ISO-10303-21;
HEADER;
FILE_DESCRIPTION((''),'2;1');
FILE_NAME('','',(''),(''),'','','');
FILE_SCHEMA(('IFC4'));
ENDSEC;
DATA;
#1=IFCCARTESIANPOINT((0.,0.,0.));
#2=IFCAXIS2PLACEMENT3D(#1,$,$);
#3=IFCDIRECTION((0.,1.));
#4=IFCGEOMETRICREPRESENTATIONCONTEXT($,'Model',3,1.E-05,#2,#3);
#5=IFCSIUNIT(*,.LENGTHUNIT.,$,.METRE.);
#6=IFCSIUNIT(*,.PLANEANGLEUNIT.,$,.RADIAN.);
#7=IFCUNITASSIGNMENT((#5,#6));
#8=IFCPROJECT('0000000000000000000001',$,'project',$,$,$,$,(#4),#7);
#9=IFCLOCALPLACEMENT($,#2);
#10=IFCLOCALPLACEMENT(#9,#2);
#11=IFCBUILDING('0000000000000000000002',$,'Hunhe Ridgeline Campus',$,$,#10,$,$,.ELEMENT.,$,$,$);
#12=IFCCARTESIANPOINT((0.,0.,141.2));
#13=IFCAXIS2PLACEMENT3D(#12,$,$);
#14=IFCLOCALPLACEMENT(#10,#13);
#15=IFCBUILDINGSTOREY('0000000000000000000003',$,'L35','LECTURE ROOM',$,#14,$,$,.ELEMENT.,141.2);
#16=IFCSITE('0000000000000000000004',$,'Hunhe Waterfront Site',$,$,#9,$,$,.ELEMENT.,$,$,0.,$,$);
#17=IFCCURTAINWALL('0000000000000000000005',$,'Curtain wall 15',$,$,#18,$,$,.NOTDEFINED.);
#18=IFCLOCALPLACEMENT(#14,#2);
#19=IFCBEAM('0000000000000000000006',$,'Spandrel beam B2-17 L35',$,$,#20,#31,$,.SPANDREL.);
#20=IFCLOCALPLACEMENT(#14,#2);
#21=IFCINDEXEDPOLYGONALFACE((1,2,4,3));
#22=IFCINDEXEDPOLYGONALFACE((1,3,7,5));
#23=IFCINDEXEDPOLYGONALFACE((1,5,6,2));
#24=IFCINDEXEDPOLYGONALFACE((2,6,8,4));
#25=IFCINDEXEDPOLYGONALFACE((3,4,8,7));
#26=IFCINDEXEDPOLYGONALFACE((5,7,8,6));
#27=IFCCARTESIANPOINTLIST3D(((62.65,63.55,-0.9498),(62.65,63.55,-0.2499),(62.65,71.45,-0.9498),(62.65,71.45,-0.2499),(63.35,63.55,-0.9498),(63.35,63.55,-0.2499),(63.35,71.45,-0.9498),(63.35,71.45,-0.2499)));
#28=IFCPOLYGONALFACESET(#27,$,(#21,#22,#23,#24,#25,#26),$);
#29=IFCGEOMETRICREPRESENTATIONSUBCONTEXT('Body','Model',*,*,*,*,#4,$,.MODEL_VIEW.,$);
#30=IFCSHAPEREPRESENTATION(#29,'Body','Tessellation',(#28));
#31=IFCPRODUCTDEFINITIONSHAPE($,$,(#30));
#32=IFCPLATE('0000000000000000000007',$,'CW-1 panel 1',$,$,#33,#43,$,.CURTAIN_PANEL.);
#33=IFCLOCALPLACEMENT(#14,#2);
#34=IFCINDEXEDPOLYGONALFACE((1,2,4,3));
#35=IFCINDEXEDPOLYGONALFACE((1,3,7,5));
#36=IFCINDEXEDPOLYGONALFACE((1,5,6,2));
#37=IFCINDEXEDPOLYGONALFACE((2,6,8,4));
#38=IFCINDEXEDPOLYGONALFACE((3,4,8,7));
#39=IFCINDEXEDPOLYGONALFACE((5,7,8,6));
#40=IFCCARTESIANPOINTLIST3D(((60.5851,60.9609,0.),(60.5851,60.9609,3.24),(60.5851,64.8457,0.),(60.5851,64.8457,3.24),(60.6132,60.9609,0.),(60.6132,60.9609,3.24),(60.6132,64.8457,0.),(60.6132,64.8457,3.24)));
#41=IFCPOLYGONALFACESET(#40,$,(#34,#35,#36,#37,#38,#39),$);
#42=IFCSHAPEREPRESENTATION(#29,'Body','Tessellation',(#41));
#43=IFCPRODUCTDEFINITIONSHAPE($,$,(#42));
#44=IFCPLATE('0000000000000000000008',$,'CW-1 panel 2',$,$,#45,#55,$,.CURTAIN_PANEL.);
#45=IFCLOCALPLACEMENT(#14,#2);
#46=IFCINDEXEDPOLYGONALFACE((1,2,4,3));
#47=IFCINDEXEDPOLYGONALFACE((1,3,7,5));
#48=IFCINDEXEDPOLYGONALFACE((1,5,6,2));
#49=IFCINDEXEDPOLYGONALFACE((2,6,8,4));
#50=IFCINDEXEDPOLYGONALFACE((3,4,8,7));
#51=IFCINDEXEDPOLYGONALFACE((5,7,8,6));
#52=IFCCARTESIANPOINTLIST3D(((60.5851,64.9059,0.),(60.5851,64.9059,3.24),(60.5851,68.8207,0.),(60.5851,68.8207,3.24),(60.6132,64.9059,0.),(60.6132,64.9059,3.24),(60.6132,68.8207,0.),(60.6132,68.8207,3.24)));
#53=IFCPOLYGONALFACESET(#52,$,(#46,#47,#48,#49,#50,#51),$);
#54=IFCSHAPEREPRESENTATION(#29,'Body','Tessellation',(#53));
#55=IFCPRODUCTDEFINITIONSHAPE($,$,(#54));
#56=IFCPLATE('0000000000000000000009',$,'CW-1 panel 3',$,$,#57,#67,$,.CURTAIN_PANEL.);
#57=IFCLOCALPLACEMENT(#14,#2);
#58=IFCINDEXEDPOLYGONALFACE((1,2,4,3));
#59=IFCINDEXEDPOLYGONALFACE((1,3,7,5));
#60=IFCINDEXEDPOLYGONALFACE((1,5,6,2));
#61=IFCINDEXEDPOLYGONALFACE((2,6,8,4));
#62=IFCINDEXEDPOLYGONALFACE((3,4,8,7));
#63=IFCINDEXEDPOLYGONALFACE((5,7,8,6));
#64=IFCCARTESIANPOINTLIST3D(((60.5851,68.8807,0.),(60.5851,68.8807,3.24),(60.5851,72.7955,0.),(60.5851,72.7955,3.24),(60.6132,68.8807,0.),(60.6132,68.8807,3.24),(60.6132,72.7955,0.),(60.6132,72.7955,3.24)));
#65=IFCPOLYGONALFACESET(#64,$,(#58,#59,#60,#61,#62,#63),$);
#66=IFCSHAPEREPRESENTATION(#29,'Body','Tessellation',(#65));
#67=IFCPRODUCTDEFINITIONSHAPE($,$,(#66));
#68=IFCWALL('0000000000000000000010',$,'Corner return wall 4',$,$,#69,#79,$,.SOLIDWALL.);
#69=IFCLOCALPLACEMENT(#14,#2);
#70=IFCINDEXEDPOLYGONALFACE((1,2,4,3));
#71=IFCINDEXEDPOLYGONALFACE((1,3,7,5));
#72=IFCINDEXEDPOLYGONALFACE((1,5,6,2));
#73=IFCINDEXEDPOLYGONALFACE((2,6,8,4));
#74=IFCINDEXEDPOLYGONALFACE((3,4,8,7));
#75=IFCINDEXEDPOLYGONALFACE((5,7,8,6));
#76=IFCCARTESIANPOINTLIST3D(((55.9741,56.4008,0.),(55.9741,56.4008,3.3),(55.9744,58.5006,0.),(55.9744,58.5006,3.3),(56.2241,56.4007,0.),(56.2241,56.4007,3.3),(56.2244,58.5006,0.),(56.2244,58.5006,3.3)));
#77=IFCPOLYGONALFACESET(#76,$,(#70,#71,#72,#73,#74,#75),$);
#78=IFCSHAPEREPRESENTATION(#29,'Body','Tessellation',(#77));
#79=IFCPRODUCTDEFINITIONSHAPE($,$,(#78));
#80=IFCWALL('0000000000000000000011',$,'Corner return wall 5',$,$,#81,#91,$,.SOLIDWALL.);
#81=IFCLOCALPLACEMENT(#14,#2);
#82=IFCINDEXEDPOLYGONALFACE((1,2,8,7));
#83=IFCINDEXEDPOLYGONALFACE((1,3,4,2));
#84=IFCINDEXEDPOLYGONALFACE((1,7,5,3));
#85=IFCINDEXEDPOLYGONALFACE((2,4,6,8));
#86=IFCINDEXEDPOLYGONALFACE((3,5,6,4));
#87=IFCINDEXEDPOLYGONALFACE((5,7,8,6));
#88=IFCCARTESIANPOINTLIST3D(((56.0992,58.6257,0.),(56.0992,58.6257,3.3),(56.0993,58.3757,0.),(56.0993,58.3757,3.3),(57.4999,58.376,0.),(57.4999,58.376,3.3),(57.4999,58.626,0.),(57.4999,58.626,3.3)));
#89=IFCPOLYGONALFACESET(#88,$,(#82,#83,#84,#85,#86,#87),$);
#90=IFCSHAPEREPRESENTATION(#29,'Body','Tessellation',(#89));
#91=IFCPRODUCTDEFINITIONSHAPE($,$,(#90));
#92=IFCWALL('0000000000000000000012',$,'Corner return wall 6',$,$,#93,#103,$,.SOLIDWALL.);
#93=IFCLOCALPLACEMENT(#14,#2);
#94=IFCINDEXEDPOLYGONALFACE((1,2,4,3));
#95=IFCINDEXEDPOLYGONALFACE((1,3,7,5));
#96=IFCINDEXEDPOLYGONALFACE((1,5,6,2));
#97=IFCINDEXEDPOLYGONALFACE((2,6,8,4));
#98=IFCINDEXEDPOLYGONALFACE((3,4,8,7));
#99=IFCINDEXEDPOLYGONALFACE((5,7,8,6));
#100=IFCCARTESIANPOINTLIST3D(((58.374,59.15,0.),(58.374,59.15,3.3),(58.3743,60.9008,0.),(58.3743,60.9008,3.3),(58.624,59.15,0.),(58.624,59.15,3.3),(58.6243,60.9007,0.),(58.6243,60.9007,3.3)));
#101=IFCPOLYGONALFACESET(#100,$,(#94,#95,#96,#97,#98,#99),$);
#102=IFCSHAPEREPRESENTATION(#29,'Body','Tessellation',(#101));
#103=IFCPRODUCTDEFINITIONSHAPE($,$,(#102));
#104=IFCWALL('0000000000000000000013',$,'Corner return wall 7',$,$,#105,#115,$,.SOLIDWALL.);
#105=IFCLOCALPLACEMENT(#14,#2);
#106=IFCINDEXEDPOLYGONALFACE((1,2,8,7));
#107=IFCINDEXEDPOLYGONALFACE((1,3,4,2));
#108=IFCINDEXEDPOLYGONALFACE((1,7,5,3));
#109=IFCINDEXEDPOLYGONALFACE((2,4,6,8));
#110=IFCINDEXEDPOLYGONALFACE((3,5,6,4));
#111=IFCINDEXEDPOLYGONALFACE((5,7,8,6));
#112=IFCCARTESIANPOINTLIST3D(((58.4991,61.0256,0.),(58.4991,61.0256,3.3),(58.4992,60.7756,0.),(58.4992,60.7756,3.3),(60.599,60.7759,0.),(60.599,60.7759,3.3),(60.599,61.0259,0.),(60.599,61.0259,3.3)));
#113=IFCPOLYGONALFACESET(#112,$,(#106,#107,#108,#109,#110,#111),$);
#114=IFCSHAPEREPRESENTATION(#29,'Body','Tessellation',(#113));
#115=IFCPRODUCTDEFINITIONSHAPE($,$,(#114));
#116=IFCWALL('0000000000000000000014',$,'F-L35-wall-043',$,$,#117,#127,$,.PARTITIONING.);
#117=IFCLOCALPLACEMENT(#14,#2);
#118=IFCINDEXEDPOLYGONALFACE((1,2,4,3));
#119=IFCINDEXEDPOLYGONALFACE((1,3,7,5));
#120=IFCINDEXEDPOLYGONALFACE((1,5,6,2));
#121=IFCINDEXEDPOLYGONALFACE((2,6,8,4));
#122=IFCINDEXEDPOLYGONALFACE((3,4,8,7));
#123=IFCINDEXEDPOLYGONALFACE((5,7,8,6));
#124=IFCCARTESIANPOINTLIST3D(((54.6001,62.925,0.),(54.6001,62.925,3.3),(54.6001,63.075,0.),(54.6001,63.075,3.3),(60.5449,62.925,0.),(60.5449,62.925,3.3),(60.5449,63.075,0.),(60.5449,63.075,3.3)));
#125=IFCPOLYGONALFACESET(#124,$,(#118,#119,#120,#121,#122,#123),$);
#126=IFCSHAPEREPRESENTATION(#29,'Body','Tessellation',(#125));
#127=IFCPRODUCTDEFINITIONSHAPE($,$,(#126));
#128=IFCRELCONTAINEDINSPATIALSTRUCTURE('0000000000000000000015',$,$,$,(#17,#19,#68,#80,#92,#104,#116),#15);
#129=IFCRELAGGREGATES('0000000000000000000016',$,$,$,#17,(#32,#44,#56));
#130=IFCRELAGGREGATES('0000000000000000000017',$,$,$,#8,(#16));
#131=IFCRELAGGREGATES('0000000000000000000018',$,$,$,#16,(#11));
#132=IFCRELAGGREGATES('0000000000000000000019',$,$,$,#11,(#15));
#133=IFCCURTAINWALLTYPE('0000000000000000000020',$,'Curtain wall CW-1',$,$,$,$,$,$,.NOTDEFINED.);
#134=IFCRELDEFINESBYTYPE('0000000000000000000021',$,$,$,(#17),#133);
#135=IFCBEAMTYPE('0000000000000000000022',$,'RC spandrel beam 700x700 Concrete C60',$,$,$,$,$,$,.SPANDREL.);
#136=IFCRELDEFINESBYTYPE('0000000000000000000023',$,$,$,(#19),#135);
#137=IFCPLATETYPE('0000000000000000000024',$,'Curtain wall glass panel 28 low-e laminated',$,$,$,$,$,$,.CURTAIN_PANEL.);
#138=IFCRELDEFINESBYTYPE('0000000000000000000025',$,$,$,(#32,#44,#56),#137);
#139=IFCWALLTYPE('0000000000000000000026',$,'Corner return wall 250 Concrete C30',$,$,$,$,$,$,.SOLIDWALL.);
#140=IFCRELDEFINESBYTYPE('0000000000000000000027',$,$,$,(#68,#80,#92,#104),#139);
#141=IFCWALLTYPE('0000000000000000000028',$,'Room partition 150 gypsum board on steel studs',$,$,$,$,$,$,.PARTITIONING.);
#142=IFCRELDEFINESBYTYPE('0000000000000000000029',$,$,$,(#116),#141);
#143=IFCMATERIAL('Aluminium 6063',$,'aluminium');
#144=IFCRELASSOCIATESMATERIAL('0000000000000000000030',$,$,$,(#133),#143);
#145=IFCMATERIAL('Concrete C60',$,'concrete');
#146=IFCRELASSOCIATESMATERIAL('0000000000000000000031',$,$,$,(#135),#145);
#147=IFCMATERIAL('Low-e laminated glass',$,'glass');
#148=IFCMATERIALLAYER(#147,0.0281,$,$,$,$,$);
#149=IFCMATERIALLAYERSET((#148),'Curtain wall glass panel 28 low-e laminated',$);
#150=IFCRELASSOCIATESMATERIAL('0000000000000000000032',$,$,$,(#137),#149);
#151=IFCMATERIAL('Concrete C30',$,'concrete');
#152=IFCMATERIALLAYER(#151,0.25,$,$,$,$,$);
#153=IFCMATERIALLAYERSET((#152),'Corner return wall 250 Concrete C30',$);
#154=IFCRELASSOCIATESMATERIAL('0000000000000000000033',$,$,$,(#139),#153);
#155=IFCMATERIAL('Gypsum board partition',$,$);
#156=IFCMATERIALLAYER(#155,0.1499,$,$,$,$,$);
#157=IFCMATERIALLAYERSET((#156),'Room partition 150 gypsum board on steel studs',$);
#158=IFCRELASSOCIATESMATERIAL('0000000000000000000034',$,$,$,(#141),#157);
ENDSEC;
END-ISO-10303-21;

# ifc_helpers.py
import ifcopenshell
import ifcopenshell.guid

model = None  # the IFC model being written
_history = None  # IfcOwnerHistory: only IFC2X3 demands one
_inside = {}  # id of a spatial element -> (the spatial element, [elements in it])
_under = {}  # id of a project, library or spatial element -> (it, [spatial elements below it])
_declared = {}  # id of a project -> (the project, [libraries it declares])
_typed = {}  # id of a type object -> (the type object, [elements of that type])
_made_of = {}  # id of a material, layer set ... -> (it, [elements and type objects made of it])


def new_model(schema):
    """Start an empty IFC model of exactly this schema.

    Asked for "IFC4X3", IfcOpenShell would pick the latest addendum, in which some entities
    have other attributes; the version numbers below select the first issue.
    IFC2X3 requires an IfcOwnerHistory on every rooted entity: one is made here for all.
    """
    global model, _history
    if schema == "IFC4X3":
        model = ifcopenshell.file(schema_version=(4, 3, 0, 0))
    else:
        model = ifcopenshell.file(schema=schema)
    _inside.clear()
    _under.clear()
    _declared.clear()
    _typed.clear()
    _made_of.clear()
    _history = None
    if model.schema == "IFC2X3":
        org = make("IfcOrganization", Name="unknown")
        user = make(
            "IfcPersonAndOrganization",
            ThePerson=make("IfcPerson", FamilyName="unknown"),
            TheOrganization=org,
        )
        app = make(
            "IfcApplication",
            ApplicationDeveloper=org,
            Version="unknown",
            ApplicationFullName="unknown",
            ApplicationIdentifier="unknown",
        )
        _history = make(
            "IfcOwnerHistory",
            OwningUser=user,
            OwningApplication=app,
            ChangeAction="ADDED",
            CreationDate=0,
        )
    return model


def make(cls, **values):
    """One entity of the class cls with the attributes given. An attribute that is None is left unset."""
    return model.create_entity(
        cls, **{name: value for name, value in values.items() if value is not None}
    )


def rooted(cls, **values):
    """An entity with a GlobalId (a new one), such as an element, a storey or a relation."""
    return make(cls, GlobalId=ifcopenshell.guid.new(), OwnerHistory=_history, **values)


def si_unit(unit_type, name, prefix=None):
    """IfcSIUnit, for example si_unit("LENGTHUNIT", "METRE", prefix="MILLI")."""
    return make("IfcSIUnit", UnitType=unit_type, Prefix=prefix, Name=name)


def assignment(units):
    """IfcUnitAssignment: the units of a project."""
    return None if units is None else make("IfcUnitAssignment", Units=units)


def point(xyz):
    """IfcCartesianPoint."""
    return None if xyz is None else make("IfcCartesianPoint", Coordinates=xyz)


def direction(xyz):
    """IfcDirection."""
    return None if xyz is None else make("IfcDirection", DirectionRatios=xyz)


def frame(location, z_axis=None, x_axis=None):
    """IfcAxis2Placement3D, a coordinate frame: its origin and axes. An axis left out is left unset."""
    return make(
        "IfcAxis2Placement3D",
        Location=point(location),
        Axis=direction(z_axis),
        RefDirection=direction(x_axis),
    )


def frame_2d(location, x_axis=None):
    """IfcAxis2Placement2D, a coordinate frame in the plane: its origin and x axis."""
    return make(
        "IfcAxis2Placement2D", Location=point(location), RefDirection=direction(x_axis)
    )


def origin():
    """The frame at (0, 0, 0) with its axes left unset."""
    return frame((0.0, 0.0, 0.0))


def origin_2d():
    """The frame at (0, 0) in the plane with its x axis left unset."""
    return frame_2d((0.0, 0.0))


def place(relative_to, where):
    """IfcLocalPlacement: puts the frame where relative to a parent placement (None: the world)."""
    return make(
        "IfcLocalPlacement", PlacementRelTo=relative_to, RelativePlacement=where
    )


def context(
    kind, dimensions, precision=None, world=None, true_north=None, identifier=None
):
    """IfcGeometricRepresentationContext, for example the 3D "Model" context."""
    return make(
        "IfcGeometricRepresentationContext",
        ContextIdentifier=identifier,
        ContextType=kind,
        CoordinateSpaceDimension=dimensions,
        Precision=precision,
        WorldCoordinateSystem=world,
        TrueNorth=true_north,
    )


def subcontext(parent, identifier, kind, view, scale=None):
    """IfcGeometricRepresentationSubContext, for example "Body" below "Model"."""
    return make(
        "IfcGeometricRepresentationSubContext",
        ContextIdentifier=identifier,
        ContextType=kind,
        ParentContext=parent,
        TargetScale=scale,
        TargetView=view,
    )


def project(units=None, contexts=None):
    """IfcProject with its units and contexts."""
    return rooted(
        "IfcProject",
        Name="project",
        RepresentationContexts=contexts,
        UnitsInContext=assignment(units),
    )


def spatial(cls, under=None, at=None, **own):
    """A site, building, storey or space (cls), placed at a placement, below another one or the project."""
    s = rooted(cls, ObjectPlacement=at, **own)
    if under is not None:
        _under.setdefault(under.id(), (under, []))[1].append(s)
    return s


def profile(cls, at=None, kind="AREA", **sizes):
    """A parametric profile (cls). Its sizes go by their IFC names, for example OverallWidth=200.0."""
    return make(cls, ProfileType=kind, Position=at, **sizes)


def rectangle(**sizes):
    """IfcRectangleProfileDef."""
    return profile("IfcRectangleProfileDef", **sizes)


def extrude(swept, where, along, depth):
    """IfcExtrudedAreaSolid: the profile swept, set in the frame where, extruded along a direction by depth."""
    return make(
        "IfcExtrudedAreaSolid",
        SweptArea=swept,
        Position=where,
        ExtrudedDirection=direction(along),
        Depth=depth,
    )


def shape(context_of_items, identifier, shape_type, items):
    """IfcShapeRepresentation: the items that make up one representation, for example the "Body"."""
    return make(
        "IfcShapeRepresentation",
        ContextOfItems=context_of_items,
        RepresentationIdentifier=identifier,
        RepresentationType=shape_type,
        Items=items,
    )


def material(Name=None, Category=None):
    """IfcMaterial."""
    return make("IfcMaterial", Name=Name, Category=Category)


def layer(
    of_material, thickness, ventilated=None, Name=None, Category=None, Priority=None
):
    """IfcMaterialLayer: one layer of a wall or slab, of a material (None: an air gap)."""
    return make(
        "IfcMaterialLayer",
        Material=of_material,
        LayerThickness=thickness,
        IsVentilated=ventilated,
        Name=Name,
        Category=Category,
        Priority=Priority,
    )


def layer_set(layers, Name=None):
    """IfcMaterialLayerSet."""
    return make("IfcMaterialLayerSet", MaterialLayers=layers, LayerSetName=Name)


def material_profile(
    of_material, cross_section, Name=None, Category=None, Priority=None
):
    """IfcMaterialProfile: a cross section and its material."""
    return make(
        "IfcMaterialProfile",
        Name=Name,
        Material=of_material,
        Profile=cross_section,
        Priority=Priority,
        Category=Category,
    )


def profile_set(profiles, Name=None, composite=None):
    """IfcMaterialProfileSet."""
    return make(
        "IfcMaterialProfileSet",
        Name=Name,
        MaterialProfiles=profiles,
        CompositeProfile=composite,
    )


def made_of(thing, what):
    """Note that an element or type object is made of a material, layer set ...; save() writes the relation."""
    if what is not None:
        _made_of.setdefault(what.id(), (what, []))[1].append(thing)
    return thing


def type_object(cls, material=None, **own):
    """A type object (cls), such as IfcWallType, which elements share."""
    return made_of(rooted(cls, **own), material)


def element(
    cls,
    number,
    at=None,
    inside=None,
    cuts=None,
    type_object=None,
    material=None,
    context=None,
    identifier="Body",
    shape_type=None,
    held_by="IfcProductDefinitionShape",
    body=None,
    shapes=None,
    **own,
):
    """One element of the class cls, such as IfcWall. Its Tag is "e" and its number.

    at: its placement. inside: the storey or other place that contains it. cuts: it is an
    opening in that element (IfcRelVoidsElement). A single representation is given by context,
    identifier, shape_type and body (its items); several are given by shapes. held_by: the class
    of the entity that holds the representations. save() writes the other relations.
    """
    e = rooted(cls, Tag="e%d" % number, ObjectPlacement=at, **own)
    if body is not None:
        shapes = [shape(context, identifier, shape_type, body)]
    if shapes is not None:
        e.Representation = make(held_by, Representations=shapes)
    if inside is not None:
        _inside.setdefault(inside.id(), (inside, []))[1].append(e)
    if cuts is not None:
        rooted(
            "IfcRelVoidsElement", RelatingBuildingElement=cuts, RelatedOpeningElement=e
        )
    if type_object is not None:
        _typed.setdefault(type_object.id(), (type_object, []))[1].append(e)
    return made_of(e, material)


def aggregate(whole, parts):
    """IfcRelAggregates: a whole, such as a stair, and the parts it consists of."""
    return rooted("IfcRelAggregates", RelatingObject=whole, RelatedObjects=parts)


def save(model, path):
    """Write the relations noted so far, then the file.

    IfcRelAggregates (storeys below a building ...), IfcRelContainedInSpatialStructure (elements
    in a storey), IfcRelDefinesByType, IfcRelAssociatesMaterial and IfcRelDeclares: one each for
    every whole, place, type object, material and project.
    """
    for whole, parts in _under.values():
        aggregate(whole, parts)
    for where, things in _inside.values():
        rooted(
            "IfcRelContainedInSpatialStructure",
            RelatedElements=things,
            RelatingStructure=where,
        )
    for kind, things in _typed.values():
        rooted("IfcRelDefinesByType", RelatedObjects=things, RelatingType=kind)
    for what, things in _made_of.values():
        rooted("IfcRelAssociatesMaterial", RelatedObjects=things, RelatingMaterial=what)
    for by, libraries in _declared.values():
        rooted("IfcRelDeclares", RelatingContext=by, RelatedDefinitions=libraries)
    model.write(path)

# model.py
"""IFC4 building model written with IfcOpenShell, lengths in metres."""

from ifc_helpers import new_model, si_unit, direction, frame, frame_2d, origin, origin_2d, place, context, subcontext, project, spatial, rectangle, extrude, material, layer, layer_set, material_profile, profile_set, type_object, element, aggregate, save


model = new_model("IFC4")

# Units and contexts
model_context = context("Model", 3, precision=1e-05, world=origin(), true_north=direction((0.0, 1.0)))
body_context = subcontext(model_context, "Body", "Model", "MODEL_VIEW")
ifc_project = project(units=[si_unit("LENGTHUNIT", "METRE"), si_unit("PLANEANGLEUNIT", "RADIAN")], contexts=[model_context])

# Site, building, storey
site_placement = place(None, origin())
site = spatial("IfcSite", under=ifc_project, at=site_placement, Name="Hunhe Waterfront Site", CompositionType="ELEMENT", RefElevation=0.0)
building_placement = place(site_placement, origin())
building = spatial("IfcBuilding", under=site, at=building_placement, Name="Hunhe Ridgeline Campus", CompositionType="ELEMENT")
storey_placement = place(building_placement, frame((0.0, 0.0, 141.2)))
storey = spatial("IfcBuildingStorey", under=building, at=storey_placement, Name="L35", Description="LECTURE ROOM", CompositionType="ELEMENT", Elevation=141.2)

# Shared definitions
ifc_material_1 = material(Name="Aluminium 6063", Category="aluminium")
curtain_wall_type = type_object("IfcCurtainWallType", Name="Curtain wall CW-1", PredefinedType="NOTDEFINED", material=ifc_material_1)

# Curtain wall
curtain_wall_1_placement = place(storey_placement, origin())
curtain_wall_1 = element("IfcCurtainWall", 1, at=curtain_wall_1_placement, inside=storey, type_object=curtain_wall_type, Name="Curtain wall 15", PredefinedType="NOTDEFINED")

# Beam
ifc_material_2 = material(Name="Concrete C60", Category="concrete")
ifc_material_profile_1 = material_profile(ifc_material_2, rectangle(XDim=0.7, YDim=0.7, at=origin_2d()))
ifc_profile_set_1 = profile_set([ifc_material_profile_1], Name="Concrete C60")
beam_type = type_object("IfcBeamType", Name="RC spandrel beam 700x700 Concrete C60", PredefinedType="SPANDREL", material=ifc_profile_set_1)
beam_1_placement = place(storey_placement, frame((63.0, 63.55, -0.5999), z_axis=(0.0, 1.0, 0.0), x_axis=(-1.0, 0.0, 0.0)))
element("IfcBeam", 2, at=beam_1_placement, inside=storey, type_object=beam_type, Name="Spandrel beam B2-17 L35", PredefinedType="SPANDREL", context=body_context, shape_type="SweptSolid", body=[
    extrude(rectangle(XDim=0.7, YDim=0.7, at=origin_2d()), origin(), (0.0, 0.0, 1.0), 7.8999),
])

# Plates
ifc_material_3 = material(Name="Low-e laminated glass", Category="glass")
ifc_layer_1 = layer(ifc_material_3, 0.0281)
ifc_layer_set_1 = layer_set([ifc_layer_1], Name="Curtain wall glass panel 28 low-e laminated")
plate_type = type_object("IfcPlateType", Name="Curtain wall glass panel 28 low-e laminated", PredefinedType="CURTAIN_PANEL", material=ifc_layer_set_1)
plate_1_placement = place(storey_placement, frame((60.5991, 62.9033, 0.0), z_axis=(0.0, 0.0, 1.0), x_axis=(0.0, 1.0, 0.0)))
plate_1 = element("IfcPlate", 3, at=plate_1_placement, type_object=plate_type, Name="CW-1 panel 1", PredefinedType="CURTAIN_PANEL", context=body_context, shape_type="SweptSolid", body=[
    extrude(rectangle(XDim=3.8848, YDim=0.0281, at=origin_2d()), origin(), (0.0, 0.0, 1.0), 3.24),
])
plate_2_placement = place(storey_placement, frame((60.5991, 66.8633, 0.0), z_axis=(0.0, 0.0, 1.0), x_axis=(0.0, 1.0, 0.0)))
plate_2 = element("IfcPlate", 4, at=plate_2_placement, type_object=plate_type, Name="CW-1 panel 2", PredefinedType="CURTAIN_PANEL", context=body_context, shape_type="SweptSolid", body=[
    extrude(rectangle(XDim=3.9148, YDim=0.0281, at=origin_2d()), origin(), (0.0, 0.0, 1.0), 3.24),
])
plate_3_placement = place(storey_placement, frame((60.5991, 70.8381, 0.0), z_axis=(0.0, 0.0, 1.0), x_axis=(0.0, 1.0, 0.0)))
plate_3 = element("IfcPlate", 5, at=plate_3_placement, type_object=plate_type, Name="CW-1 panel 3", PredefinedType="CURTAIN_PANEL", context=body_context, shape_type="SweptSolid", body=[
    extrude(rectangle(XDim=3.9148, YDim=0.0281, at=origin_2d()), origin(), (0.0, 0.0, 1.0), 3.24),
])
aggregate(curtain_wall_1, [plate_1, plate_2, plate_3])

# Walls
ifc_material_4 = material(Name="Concrete C30", Category="concrete")
ifc_layer_2 = layer(ifc_material_4, 0.25)
ifc_layer_set_2 = layer_set([ifc_layer_2], Name="Corner return wall 250 Concrete C30")
wall_type_1 = type_object("IfcWallType", Name="Corner return wall 250 Concrete C30", PredefinedType="SOLIDWALL", material=ifc_layer_set_2)
wall_1_placement = place(storey_placement, frame((56.0991, 56.4009, 0.0), z_axis=(0.0, 0.0, 1.0), x_axis=(0.000116, 1.0, 0.0)))
element("IfcWall", 6, at=wall_1_placement, inside=storey, type_object=wall_type_1, Name="Corner return wall 4", PredefinedType="SOLIDWALL", context=body_context, shape_type="SweptSolid", body=[
    extrude(rectangle(XDim=2.0999, YDim=0.25, at=frame_2d((1.0498, 0.0))), origin(), (0.0, 0.0, 1.0), 3.3),
])
wall_2_placement = place(storey_placement, frame((56.0994, 58.5007, 0.0), z_axis=(0.0, 0.0, 1.0), x_axis=(1.0, 0.000174, 0.0)))
element("IfcWall", 7, at=wall_2_placement, inside=storey, type_object=wall_type_1, Name="Corner return wall 5", PredefinedType="SOLIDWALL", context=body_context, shape_type="SweptSolid", body=[
    extrude(rectangle(XDim=1.4006, YDim=0.25, at=frame_2d((0.7002, 0.0))), origin(), (0.0, 0.0, 1.0), 3.3),
])
wall_3_placement = place(storey_placement, frame((58.499, 59.1499, 0.0), z_axis=(0.0, 0.0, 1.0), x_axis=(0.000139, 1.0, 0.0)))
element("IfcWall", 8, at=wall_3_placement, inside=storey, type_object=wall_type_1, Name="Corner return wall 6", PredefinedType="SOLIDWALL", context=body_context, shape_type="SweptSolid", body=[
    extrude(rectangle(XDim=1.7507, YDim=0.25, at=frame_2d((0.8755, 0.0))), origin(), (0.0, 0.0, 1.0), 3.3),
])
wall_4_placement = place(storey_placement, frame((58.4993, 60.9006, 0.0), z_axis=(0.0, 0.0, 1.0), x_axis=(1.0, 0.000116, 0.0)))
element("IfcWall", 9, at=wall_4_placement, inside=storey, type_object=wall_type_1, Name="Corner return wall 7", PredefinedType="SOLIDWALL", context=body_context, shape_type="SweptSolid", body=[
    extrude(rectangle(XDim=2.0999, YDim=0.25, at=frame_2d((1.0498, 0.0))), origin(), (0.0, 0.0, 1.0), 3.3),
])
ifc_material_5 = material(Name="Gypsum board partition")
ifc_layer_3 = layer(ifc_material_5, 0.1499)
ifc_layer_set_3 = layer_set([ifc_layer_3], Name="Room partition 150 gypsum board on steel studs")
wall_type_2 = type_object("IfcWallType", Name="Room partition 150 gypsum board on steel studs", PredefinedType="PARTITIONING", material=ifc_layer_set_3)
wall_5_placement = place(storey_placement, frame((54.6001, 63.0, 0.0), z_axis=(0.0, 0.0, 1.0), x_axis=(1.0, 0.0, 0.0)))
element("IfcWall", 10, at=wall_5_placement, inside=storey, type_object=wall_type_2, Name="F-L35-wall-043", PredefinedType="PARTITIONING", context=body_context, shape_type="SweptSolid", body=[
    extrude(rectangle(XDim=5.9448, YDim=0.1499, at=frame_2d((2.9724, 0.0))), origin(), (0.0, 0.0, 1.0), 3.3),
])

save(model, "model.ifc")
